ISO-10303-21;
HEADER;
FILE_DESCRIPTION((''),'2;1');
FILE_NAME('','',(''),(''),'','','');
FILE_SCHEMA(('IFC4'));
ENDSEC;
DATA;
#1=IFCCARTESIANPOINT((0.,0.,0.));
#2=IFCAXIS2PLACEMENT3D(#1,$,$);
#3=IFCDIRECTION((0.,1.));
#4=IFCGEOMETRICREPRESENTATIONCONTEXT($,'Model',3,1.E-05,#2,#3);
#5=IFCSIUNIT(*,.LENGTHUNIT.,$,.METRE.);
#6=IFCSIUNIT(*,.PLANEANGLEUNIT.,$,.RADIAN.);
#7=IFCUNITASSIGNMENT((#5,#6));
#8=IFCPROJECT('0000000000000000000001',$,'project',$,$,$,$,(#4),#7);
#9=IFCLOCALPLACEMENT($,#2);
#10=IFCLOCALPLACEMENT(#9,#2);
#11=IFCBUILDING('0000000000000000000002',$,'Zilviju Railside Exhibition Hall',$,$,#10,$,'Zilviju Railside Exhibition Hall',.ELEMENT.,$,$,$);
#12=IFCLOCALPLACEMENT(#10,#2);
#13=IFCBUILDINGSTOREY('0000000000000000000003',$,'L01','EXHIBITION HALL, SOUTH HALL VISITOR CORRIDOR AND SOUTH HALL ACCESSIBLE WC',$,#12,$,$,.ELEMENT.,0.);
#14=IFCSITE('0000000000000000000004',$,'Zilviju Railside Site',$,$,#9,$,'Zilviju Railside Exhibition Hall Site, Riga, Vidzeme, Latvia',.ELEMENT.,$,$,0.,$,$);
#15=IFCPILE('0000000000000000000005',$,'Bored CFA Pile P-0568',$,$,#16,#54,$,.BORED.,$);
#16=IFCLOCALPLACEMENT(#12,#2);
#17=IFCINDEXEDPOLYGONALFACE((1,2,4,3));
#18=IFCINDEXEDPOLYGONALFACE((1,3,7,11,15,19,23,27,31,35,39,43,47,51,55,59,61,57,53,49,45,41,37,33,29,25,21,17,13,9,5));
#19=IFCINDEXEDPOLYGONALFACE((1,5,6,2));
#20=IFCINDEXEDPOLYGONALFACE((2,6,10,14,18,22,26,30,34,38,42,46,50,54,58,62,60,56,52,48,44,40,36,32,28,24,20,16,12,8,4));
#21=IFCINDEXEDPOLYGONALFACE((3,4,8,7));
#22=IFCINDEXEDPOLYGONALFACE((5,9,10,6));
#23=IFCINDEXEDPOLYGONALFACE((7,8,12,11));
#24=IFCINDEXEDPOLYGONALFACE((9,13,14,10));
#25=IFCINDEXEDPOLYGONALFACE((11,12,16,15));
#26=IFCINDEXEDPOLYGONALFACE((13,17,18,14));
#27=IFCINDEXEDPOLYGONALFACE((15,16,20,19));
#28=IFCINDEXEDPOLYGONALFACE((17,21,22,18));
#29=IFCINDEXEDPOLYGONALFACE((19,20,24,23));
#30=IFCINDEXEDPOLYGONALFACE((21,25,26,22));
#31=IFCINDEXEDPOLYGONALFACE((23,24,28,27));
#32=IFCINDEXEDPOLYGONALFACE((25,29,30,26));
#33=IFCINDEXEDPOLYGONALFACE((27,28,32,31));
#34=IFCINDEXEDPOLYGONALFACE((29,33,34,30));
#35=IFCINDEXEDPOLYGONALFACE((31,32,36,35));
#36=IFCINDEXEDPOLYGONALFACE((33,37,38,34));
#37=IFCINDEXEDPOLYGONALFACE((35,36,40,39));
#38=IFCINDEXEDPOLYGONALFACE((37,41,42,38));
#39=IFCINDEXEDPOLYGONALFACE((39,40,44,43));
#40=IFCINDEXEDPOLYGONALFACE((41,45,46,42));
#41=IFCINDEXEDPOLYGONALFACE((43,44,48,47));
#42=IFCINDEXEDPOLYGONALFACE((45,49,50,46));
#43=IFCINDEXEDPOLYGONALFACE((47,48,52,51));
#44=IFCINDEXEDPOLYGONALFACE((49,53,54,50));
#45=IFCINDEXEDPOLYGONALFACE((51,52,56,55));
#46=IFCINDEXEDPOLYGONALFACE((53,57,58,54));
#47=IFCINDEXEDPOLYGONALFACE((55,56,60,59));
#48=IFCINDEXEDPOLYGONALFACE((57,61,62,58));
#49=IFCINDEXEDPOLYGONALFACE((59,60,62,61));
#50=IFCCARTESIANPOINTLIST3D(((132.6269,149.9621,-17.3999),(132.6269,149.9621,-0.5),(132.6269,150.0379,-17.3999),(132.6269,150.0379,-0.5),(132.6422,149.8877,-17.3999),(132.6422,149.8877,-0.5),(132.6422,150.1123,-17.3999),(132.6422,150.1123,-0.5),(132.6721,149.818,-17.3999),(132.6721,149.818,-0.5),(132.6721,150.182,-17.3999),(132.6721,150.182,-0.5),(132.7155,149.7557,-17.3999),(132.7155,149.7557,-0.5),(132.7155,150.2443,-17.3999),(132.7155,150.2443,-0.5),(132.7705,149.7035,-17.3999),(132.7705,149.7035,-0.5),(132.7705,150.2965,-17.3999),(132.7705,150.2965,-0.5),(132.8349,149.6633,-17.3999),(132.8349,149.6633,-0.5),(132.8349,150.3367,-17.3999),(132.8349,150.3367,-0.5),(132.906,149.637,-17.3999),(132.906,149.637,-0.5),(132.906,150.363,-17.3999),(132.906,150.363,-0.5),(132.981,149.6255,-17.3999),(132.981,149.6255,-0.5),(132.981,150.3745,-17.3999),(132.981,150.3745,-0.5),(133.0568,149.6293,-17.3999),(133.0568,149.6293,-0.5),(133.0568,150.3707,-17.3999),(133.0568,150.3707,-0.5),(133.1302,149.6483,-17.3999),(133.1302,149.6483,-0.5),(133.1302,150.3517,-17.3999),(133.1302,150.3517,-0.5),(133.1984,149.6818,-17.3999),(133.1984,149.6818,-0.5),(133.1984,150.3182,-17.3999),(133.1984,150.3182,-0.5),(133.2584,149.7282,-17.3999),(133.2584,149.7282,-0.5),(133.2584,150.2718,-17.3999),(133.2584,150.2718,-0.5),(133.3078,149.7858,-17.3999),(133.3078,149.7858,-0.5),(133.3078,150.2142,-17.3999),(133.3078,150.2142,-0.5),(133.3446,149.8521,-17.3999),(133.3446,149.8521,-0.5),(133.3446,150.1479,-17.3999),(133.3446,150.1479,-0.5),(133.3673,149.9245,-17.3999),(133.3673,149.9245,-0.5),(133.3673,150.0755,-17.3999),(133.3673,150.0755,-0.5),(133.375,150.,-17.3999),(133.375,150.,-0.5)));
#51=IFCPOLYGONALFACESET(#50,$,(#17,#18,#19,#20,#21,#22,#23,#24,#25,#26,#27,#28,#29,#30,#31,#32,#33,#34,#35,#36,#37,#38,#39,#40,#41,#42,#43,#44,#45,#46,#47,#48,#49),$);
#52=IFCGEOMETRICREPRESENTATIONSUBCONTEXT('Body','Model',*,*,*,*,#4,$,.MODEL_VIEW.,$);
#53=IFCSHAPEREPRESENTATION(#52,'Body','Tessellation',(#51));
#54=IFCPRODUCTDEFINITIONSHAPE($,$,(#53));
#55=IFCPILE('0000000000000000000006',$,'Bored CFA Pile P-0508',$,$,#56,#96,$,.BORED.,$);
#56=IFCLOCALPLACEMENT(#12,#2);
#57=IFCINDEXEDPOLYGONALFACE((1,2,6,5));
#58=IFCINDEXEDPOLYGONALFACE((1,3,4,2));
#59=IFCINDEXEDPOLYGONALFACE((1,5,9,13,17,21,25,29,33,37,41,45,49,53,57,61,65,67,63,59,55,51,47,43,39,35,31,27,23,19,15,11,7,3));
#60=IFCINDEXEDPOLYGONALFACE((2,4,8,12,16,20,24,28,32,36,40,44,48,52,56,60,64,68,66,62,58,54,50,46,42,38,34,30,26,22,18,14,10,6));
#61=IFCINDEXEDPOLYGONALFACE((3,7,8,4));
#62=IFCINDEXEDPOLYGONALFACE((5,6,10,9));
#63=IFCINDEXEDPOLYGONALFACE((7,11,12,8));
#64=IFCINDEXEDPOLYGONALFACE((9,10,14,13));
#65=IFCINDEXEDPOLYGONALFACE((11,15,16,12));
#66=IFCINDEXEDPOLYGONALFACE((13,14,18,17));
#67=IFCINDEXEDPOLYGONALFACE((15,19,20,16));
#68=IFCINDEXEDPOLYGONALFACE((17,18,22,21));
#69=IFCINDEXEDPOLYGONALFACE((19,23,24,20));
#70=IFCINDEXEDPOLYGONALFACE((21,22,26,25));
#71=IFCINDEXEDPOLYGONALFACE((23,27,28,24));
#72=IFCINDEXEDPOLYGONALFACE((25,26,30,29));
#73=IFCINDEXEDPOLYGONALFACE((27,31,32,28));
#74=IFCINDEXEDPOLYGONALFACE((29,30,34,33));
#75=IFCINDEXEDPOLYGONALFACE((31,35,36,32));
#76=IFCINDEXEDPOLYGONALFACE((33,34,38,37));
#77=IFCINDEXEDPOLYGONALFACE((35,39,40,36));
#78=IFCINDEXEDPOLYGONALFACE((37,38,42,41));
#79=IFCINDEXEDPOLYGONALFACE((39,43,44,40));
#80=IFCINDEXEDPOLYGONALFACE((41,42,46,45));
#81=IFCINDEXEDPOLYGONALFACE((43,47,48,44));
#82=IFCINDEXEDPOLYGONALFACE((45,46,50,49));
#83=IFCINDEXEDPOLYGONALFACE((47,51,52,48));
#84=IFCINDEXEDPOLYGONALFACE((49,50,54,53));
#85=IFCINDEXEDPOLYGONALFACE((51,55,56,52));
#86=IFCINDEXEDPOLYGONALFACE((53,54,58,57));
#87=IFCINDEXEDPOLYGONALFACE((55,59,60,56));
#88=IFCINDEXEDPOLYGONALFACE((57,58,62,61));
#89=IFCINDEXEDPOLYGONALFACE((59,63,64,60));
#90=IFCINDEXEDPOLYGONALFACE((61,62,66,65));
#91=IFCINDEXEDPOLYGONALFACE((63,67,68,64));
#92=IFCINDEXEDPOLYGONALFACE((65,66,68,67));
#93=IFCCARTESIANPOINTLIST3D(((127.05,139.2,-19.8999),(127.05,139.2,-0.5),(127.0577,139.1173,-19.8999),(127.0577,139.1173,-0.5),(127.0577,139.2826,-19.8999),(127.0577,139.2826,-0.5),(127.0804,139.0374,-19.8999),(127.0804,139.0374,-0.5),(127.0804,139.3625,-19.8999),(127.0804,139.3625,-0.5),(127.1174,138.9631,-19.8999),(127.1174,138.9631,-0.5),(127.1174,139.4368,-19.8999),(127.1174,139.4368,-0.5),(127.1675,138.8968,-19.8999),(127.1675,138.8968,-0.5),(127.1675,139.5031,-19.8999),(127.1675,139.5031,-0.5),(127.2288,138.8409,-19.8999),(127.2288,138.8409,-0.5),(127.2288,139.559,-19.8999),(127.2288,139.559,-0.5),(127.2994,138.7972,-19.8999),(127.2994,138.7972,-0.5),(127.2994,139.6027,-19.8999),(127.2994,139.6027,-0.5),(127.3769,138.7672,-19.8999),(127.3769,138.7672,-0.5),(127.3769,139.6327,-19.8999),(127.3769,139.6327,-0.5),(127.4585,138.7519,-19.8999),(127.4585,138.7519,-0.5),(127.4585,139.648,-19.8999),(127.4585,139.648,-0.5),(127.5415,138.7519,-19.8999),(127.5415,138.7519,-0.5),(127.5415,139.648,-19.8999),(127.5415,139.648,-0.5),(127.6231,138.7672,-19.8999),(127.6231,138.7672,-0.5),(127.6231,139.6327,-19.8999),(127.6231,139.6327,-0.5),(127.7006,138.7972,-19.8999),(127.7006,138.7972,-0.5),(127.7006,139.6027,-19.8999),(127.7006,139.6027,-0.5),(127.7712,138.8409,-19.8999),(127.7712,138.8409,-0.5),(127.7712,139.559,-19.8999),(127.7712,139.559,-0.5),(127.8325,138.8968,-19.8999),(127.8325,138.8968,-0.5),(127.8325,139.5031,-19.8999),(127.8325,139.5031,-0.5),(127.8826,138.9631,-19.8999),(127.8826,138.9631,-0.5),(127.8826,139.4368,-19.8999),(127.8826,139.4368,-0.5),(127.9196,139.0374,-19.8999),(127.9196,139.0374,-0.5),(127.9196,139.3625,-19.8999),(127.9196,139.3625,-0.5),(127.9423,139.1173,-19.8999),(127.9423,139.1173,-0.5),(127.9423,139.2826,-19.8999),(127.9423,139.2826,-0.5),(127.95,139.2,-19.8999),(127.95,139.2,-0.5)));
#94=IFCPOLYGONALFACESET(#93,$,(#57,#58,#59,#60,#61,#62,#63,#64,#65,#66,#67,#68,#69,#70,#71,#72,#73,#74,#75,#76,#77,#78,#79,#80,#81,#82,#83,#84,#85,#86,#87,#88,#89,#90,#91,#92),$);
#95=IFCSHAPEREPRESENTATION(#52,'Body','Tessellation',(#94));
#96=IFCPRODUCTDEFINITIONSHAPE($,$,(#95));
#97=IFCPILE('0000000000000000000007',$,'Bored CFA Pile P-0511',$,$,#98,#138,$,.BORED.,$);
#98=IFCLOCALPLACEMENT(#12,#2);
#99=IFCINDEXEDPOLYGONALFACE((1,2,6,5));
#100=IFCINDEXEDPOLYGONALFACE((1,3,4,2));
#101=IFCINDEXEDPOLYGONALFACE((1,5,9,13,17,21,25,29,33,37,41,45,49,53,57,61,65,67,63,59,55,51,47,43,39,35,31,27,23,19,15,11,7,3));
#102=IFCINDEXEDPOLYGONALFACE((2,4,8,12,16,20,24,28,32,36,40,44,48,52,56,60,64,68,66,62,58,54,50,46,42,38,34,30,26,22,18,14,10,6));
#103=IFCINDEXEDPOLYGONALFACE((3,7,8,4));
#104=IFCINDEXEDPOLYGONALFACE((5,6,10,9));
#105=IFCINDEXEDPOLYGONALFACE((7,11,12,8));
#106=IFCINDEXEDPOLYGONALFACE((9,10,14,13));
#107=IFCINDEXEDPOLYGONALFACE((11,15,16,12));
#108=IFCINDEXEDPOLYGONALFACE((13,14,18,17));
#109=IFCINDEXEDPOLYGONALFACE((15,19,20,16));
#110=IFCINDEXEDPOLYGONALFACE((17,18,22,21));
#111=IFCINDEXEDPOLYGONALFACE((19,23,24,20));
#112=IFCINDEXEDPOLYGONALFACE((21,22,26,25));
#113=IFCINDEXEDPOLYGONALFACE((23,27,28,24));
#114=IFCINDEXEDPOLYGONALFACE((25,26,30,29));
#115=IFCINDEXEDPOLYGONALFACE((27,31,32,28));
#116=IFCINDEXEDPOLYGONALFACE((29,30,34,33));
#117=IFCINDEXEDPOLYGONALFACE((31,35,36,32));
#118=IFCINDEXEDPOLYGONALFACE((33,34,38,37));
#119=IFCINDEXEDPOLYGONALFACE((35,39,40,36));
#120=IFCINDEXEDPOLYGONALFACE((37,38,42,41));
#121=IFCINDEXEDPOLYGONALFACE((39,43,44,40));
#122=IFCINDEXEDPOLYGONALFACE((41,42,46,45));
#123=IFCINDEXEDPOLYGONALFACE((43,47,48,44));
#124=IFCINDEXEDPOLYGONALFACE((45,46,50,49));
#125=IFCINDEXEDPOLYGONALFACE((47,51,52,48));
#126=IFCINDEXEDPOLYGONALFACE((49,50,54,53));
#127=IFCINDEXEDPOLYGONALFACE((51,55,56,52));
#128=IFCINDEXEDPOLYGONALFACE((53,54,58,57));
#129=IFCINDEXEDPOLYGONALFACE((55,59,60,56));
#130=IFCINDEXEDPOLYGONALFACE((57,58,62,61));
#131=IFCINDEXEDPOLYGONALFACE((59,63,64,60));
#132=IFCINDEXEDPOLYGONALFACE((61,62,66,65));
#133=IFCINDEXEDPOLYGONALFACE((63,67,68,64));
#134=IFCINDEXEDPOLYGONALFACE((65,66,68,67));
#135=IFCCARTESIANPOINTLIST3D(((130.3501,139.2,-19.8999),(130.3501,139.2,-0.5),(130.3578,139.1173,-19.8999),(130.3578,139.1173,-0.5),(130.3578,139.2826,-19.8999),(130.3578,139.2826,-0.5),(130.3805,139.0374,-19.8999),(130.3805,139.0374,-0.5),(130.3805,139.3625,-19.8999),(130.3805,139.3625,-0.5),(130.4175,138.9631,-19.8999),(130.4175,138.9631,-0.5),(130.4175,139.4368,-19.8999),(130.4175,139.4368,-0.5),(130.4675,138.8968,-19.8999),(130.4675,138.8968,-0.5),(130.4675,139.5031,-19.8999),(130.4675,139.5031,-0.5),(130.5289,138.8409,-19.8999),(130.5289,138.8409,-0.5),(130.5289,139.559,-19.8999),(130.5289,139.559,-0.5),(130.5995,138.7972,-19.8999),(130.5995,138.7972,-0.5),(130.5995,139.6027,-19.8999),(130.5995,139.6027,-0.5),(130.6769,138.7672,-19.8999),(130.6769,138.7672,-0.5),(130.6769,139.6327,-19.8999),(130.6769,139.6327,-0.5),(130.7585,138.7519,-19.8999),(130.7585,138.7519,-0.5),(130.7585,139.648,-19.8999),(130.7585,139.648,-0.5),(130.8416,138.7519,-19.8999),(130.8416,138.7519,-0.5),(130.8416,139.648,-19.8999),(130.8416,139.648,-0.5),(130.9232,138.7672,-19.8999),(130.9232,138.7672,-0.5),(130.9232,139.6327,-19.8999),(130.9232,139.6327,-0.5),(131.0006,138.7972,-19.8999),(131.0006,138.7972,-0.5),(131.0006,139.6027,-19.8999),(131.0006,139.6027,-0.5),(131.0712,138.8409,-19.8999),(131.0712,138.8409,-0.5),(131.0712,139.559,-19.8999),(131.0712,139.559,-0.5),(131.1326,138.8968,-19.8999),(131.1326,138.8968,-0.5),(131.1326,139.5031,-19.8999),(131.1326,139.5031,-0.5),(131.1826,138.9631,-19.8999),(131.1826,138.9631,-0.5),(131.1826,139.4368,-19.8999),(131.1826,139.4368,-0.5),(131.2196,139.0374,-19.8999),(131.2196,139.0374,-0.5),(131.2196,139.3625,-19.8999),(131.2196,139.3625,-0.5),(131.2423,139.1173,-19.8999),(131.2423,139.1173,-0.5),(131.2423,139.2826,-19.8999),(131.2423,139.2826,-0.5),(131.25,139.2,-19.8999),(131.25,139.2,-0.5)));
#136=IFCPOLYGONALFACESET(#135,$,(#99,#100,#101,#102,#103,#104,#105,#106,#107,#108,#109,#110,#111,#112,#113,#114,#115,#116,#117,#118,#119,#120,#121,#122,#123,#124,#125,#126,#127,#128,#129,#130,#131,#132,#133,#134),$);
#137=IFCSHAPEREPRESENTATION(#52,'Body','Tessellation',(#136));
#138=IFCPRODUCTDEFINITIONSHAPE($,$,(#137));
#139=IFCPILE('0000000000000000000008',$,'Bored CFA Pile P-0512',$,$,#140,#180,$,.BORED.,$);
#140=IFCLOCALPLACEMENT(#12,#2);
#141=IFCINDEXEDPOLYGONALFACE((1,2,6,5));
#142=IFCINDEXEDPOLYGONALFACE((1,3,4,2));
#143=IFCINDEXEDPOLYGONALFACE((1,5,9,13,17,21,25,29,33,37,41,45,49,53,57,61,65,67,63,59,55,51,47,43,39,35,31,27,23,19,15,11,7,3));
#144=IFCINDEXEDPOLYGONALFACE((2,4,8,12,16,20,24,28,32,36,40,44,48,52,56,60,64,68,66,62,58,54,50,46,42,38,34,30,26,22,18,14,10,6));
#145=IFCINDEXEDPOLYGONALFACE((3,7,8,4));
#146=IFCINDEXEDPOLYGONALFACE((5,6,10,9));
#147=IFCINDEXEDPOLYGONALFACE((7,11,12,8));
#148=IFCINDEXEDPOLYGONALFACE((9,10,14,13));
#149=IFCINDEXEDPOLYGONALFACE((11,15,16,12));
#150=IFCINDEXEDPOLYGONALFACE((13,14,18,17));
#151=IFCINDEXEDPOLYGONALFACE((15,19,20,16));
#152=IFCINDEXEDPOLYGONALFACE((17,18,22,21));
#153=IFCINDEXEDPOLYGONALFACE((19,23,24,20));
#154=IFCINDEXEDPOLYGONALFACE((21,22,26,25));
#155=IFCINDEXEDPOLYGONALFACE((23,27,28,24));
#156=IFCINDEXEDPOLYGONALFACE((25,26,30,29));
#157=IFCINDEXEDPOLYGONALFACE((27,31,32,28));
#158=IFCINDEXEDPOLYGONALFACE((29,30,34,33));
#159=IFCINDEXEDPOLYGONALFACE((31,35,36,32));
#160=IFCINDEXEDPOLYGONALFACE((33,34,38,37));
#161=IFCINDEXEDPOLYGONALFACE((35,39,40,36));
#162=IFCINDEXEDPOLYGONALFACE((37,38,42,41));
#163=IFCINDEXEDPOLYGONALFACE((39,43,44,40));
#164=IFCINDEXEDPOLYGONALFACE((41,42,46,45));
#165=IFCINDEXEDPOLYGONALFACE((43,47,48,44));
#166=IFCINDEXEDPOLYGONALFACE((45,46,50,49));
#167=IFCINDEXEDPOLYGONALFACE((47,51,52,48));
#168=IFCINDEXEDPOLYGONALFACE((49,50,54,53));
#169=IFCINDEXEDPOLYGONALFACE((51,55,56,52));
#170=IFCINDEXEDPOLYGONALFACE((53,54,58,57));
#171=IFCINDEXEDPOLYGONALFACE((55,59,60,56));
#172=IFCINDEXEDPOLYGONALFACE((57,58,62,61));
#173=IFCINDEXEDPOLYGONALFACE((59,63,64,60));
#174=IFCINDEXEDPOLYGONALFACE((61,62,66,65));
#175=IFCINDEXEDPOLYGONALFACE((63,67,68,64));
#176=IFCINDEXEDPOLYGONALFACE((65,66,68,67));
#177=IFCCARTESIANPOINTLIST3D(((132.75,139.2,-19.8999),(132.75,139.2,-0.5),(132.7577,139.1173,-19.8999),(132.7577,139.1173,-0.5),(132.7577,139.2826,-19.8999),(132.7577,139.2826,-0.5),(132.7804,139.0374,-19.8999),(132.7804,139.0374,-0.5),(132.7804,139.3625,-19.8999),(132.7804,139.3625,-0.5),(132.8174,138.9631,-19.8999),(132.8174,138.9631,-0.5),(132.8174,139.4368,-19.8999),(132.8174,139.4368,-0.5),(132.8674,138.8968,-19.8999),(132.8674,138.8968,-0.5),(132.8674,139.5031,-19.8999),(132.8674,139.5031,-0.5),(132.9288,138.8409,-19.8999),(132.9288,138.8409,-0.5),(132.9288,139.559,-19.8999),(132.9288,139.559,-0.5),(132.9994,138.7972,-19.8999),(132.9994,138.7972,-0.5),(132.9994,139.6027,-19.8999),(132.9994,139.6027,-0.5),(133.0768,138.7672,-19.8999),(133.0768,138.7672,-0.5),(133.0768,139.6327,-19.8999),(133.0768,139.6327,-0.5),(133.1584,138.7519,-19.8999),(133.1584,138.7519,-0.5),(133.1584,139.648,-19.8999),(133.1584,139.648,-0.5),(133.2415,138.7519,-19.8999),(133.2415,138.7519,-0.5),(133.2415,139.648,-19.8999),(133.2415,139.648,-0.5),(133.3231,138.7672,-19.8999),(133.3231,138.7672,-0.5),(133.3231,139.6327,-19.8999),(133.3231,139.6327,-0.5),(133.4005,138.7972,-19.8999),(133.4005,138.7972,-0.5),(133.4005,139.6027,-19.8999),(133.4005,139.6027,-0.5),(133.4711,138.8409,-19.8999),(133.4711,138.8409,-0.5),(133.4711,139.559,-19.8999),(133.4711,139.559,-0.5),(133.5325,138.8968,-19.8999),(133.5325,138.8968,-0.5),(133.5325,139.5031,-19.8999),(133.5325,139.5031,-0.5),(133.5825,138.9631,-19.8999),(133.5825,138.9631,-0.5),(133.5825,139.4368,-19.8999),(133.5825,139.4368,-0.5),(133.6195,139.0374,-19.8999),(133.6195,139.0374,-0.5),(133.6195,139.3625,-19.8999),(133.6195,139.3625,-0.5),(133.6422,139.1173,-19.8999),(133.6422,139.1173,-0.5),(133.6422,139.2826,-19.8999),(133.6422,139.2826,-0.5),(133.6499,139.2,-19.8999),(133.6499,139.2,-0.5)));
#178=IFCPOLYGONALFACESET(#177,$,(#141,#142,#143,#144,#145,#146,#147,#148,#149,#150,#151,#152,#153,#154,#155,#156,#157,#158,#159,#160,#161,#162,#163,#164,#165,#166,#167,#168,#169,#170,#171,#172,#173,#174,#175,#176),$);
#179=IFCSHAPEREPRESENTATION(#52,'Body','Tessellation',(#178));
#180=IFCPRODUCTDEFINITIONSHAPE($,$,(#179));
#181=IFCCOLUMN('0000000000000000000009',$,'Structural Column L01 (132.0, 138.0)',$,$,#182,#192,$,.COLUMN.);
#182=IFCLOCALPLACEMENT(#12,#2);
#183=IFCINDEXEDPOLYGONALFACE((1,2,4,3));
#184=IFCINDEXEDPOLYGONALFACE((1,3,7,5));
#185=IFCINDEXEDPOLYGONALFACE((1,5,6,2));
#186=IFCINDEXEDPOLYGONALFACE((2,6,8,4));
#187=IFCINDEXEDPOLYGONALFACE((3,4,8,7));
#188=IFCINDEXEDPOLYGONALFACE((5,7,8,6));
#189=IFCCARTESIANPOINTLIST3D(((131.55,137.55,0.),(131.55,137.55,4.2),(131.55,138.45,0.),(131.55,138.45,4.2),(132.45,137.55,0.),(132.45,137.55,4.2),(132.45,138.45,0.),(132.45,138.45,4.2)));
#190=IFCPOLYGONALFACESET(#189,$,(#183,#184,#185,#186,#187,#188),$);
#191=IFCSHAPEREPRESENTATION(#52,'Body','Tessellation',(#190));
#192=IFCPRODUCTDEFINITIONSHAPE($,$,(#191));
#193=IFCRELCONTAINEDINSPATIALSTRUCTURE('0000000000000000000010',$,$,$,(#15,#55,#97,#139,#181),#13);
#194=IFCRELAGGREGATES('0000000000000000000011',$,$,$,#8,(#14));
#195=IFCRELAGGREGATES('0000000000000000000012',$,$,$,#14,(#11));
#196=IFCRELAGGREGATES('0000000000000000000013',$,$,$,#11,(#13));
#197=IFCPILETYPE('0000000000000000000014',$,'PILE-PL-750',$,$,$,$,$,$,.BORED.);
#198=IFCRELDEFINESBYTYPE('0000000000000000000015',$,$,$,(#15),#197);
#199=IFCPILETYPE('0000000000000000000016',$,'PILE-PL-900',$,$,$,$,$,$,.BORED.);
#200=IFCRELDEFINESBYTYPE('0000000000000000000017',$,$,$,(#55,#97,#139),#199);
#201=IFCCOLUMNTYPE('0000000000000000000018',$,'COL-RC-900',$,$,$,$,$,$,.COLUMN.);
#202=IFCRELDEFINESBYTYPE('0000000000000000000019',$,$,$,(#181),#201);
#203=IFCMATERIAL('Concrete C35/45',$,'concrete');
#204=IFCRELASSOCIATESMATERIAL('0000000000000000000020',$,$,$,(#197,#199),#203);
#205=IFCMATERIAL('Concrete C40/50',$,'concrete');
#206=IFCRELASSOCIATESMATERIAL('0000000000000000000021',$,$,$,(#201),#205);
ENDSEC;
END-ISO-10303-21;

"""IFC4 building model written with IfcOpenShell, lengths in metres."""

from ifc_helpers import new_model, si_unit, direction, frame, origin, origin_2d, place, context, subcontext, project, spatial, rectangle, circle, extrude, material, material_profile, profile_set, type_object, element, save


model = new_model("IFC4")

# Units and contexts
model_context = context("Model", 3, precision=1e-05, world=origin(), true_north=direction((0.0, 1.0)))
body_context = subcontext(model_context, "Body", "Model", "MODEL_VIEW")
ifc_project = project(units=[si_unit("LENGTHUNIT", "METRE"), si_unit("PLANEANGLEUNIT", "RADIAN")], contexts=[model_context])

# Site, building, storey
site_placement = place(None, origin())
site = spatial("IfcSite", under=ifc_project, at=site_placement, Name="Zilviju Railside Site", LongName="Zilviju Railside Exhibition Hall Site, Riga, Vidzeme, Latvia", CompositionType="ELEMENT", RefElevation=0.0)
building_placement = place(site_placement, origin())
building = spatial("IfcBuilding", under=site, at=building_placement, Name="Zilviju Railside Exhibition Hall", LongName="Zilviju Railside Exhibition Hall", CompositionType="ELEMENT")
storey_placement = place(building_placement, origin())
storey = spatial("IfcBuildingStorey", under=building, at=storey_placement, Name="L01", Description="EXHIBITION HALL, SOUTH HALL VISITOR CORRIDOR AND SOUTH HALL ACCESSIBLE WC", CompositionType="ELEMENT", Elevation=0.0)

# Shared definitions
ifc_material_1 = material(Name="Concrete C35/45", Category="concrete")
ifc_material_2 = material(Name="Concrete C40/50", Category="concrete")

# Piles
ifc_material_profile_1 = material_profile(ifc_material_1, circle(Radius=0.375, at=origin_2d()), Name="CFA PILE D750")
ifc_profile_set_1 = profile_set([ifc_material_profile_1], Name="Concrete C35/45")
pile_type_1 = type_object("IfcPileType", Name="PILE-PL-750", PredefinedType="BORED", material=ifc_profile_set_1)
for number, where, z_axis, x_axis, name in (
    (1, (133.0, 150.0, -0.5), (0.0, 0.0, -1.0), (1.0, 0.0, 0.0), "Bored CFA Pile P-0568"),
):
    element("IfcPile", number, at=place(storey_placement, frame(where, z_axis=z_axis, x_axis=x_axis)), inside=storey, type_object=pile_type_1, Name=name, PredefinedType="BORED", context=body_context, shape_type="SweptSolid", body=[
        extrude(circle(Radius=0.375, at=origin_2d()), origin(), (0.0, 0.0, 1.0), 16.8999),
    ])
ifc_material_profile_2 = material_profile(ifc_material_1, circle(Radius=0.45, at=origin_2d()), Name="CFA PILE D900")
ifc_profile_set_2 = profile_set([ifc_material_profile_2], Name="Concrete C35/45")
pile_type_2 = type_object("IfcPileType", Name="PILE-PL-900", PredefinedType="BORED", material=ifc_profile_set_2)
for number, where, z_axis, x_axis, name in (
    (2, (127.5, 139.2, -0.5), (0.0, 0.0, -1.0), (1.0, 0.0, 0.0), "Bored CFA Pile P-0508"),
    (3, (130.8, 139.2, -0.5), (0.0, 0.0, -1.0), (1.0, 0.0, 0.0), "Bored CFA Pile P-0511"),
    (4, (133.2, 139.2, -0.5), (0.0, 0.0, -1.0), (1.0, 0.0, 0.0), "Bored CFA Pile P-0512"),
):
    element("IfcPile", number, at=place(storey_placement, frame(where, z_axis=z_axis, x_axis=x_axis)), inside=storey, type_object=pile_type_2, Name=name, PredefinedType="BORED", context=body_context, shape_type="SweptSolid", body=[
        extrude(circle(Radius=0.45, at=origin_2d()), origin(), (0.0, 0.0, 1.0), 19.3999),
    ])

# Column
ifc_material_profile_3 = material_profile(ifc_material_2, rectangle(XDim=0.8999, YDim=0.8999, at=origin_2d()), Name="RC COL 900x900")
ifc_profile_set_3 = profile_set([ifc_material_profile_3], Name="Concrete C40/50")
column_type_1 = type_object("IfcColumnType", Name="COL-RC-900", PredefinedType="COLUMN", material=ifc_profile_set_3)
column_placement = place(storey_placement, frame((132.0, 138.0, 0.0), z_axis=(0.0, 0.0, 1.0), x_axis=(1.0, 0.0, 0.0)))
element("IfcColumn", 5, at=column_placement, inside=storey, type_object=column_type_1, Name="Structural Column L01 (132.0, 138.0)", PredefinedType="COLUMN", context=body_context, shape_type="SweptSolid", body=[
    extrude(rectangle(XDim=0.8999, YDim=0.8999, at=origin_2d()), origin(), (0.0, 0.0, 1.0), 4.2),
])

save(model, "model.ifc")
